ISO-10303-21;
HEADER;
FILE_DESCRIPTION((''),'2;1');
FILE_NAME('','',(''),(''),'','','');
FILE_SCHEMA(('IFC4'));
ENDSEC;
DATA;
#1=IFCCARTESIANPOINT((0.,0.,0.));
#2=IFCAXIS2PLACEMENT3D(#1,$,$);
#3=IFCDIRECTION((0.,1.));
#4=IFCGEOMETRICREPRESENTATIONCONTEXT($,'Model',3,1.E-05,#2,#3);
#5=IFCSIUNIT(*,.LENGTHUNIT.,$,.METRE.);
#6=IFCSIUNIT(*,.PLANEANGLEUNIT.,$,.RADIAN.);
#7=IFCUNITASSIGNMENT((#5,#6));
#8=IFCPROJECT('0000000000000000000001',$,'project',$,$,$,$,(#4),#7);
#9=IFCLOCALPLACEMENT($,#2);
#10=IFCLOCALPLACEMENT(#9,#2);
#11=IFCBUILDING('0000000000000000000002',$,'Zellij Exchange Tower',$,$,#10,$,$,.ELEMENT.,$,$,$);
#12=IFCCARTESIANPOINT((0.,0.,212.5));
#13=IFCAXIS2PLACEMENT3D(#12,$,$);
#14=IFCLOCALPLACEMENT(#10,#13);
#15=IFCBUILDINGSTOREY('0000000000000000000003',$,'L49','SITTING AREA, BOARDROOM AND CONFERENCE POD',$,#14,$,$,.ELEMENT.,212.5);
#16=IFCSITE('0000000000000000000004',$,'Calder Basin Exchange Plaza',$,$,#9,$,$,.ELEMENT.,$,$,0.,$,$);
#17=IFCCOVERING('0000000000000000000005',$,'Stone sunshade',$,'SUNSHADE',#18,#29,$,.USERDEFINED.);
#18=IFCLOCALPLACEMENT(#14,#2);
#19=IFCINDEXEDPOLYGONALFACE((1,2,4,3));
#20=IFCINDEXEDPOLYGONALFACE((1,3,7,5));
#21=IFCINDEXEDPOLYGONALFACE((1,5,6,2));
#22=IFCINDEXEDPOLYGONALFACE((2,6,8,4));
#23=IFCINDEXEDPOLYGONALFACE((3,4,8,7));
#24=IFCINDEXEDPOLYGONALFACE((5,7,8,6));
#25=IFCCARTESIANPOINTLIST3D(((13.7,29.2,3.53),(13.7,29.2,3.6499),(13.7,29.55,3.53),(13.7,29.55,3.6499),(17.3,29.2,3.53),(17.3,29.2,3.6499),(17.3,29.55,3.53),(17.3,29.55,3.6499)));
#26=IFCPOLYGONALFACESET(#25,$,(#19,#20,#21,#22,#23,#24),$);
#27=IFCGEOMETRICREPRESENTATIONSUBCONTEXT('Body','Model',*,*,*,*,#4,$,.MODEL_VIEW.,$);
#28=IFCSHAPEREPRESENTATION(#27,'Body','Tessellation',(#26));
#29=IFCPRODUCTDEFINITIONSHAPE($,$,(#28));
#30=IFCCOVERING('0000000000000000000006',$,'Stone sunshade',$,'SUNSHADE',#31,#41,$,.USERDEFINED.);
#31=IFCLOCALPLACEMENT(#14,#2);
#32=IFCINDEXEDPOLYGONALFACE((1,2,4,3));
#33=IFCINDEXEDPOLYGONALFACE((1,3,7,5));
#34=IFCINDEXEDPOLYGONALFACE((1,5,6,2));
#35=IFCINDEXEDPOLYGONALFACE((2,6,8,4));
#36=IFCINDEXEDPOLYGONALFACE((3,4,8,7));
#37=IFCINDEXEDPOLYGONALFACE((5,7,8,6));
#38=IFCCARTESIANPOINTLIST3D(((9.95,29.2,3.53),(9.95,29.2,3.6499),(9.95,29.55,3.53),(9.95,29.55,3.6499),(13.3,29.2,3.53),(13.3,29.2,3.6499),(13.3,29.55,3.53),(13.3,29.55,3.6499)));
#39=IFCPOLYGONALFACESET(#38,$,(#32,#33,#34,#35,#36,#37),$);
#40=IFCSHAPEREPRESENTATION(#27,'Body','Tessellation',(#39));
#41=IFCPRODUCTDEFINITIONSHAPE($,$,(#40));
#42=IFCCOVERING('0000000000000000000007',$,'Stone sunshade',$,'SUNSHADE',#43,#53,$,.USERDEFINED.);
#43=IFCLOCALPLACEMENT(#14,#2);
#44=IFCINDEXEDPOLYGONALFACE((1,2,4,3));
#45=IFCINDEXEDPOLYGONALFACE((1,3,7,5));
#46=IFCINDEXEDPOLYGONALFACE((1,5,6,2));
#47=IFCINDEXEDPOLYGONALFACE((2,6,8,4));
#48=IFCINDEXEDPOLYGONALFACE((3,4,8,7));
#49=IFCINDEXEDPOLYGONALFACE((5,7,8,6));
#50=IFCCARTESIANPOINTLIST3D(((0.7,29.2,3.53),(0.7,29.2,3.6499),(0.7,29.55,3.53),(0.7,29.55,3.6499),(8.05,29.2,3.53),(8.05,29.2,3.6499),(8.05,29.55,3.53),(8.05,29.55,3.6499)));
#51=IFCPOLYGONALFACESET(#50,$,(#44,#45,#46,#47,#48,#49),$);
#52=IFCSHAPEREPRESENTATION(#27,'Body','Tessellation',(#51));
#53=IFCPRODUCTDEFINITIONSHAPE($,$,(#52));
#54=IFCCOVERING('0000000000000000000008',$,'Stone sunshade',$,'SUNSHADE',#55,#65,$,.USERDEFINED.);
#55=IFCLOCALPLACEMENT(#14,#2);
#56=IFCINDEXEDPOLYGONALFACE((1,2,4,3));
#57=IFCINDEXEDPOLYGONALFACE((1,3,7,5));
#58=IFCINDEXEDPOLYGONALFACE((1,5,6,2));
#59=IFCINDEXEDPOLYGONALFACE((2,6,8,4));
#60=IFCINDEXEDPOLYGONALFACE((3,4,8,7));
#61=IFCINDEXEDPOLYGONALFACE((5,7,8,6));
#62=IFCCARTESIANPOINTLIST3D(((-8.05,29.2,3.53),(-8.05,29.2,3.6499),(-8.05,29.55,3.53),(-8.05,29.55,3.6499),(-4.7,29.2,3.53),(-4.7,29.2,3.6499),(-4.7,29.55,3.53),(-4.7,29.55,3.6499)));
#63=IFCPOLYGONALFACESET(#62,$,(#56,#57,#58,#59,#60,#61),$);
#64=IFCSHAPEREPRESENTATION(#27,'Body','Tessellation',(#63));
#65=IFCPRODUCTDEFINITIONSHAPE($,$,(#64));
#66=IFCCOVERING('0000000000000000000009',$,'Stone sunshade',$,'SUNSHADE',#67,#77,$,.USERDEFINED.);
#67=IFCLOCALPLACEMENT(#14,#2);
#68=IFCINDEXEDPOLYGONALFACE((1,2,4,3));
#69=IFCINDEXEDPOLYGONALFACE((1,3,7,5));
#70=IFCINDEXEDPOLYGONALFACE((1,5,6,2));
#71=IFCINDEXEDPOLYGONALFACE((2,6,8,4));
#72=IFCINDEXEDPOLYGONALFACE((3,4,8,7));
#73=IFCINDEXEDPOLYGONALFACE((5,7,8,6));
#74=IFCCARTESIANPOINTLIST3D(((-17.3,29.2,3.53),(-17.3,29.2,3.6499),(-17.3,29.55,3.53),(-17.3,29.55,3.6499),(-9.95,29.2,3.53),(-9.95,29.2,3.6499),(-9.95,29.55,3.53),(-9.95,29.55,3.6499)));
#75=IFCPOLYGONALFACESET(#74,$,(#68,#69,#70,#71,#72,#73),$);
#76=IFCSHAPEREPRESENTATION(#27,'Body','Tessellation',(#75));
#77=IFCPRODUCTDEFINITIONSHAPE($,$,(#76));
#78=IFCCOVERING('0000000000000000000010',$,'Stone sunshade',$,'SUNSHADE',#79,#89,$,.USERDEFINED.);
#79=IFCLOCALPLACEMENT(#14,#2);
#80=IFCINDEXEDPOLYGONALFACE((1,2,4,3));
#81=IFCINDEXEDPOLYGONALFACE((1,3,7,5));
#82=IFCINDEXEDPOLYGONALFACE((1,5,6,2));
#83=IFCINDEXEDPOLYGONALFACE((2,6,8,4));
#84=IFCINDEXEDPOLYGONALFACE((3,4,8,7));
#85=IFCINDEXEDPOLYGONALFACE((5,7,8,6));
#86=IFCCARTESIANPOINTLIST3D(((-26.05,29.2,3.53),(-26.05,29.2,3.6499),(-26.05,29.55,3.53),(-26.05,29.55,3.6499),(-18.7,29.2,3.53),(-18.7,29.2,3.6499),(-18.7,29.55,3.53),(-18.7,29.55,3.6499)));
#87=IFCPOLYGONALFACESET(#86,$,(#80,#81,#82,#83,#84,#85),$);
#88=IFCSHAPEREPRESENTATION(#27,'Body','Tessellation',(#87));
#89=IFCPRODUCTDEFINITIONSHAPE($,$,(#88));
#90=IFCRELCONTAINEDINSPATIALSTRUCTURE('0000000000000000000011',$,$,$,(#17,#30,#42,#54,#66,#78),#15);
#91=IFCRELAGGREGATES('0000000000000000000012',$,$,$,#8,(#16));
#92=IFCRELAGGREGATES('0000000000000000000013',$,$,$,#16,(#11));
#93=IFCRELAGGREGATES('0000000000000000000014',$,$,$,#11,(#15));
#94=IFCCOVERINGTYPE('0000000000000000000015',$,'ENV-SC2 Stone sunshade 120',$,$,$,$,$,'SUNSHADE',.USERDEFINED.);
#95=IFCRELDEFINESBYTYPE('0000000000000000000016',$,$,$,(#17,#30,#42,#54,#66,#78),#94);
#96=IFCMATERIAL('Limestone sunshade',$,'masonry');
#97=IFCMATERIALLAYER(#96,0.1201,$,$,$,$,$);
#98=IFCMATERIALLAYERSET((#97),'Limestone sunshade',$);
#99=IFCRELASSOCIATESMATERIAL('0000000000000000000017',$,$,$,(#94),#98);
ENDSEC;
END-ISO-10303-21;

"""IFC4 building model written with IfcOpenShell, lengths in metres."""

from ifc_helpers import new_model, si_unit, direction, frame, origin, place, context, subcontext, project, spatial, polyline, outline, extrude, material, layer, layer_set, type_object, element, save


model = new_model("IFC4")

# Units and contexts
model_context = context("Model", 3, precision=1e-05, world=origin(), true_north=direction((0.0, 1.0)))
body_context = subcontext(model_context, "Body", "Model", "MODEL_VIEW")
ifc_project = project(units=[si_unit("LENGTHUNIT", "METRE"), si_unit("PLANEANGLEUNIT", "RADIAN")], contexts=[model_context])

# Site, building, storey
site_placement = place(None, origin())
site = spatial("IfcSite", under=ifc_project, at=site_placement, Name="Calder Basin Exchange Plaza", CompositionType="ELEMENT", RefElevation=0.0)
building_placement = place(site_placement, origin())
building = spatial("IfcBuilding", under=site, at=building_placement, Name="Zellij Exchange Tower", CompositionType="ELEMENT")
storey_placement = place(building_placement, frame((0.0, 0.0, 212.5)))
storey = spatial("IfcBuildingStorey", under=building, at=storey_placement, Name="L49", Description="SITTING AREA, BOARDROOM AND CONFERENCE POD", CompositionType="ELEMENT", Elevation=212.5)

# Coverings
ifc_material_1 = material(Name="Limestone sunshade", Category="masonry")
ifc_layer_1 = layer(ifc_material_1, 0.1201)
ifc_layer_set_1 = layer_set([ifc_layer_1], Name="Limestone sunshade")
covering_type_1 = type_object("IfcCoveringType", Name="ENV-SC2 Stone sunshade 120", ElementType="SUNSHADE", PredefinedType="USERDEFINED", material=ifc_layer_set_1)
covering_1_placement = place(storey_placement, frame((0.0, 0.0, 3.53)))
element("IfcCovering", 1, at=covering_1_placement, inside=storey, type_object=covering_type_1, Name="Stone sunshade", ObjectType="SUNSHADE", PredefinedType="USERDEFINED", context=body_context, shape_type="SweptSolid", body=[
    extrude(outline(polyline([(17.3, 29.2), (13.7, 29.2), (13.7, 29.55), (17.3, 29.55), (17.3, 29.2)])), origin(), (0.0, 0.0, 1.0), 0.1199),
])
covering_2_placement = place(storey_placement, frame((0.0, 0.0, 3.53)))
element("IfcCovering", 2, at=covering_2_placement, inside=storey, type_object=covering_type_1, Name="Stone sunshade", ObjectType="SUNSHADE", PredefinedType="USERDEFINED", context=body_context, shape_type="SweptSolid", body=[
    extrude(outline(polyline([(13.3, 29.2), (9.95, 29.2), (9.95, 29.55), (13.3, 29.55), (13.3, 29.2)])), origin(), (0.0, 0.0, 1.0), 0.1199),
])
covering_3_placement = place(storey_placement, frame((0.0, 0.0, 3.53)))
element("IfcCovering", 3, at=covering_3_placement, inside=storey, type_object=covering_type_1, Name="Stone sunshade", ObjectType="SUNSHADE", PredefinedType="USERDEFINED", context=body_context, shape_type="SweptSolid", body=[
    extrude(outline(polyline([(8.05, 29.2), (0.7, 29.2), (0.7, 29.55), (8.05, 29.55), (8.05, 29.2)])), origin(), (0.0, 0.0, 1.0), 0.1199),
])
covering_4_placement = place(storey_placement, frame((0.0, 0.0, 3.53)))
element("IfcCovering", 4, at=covering_4_placement, inside=storey, type_object=covering_type_1, Name="Stone sunshade", ObjectType="SUNSHADE", PredefinedType="USERDEFINED", context=body_context, shape_type="SweptSolid", body=[
    extrude(outline(polyline([(-4.7, 29.2), (-8.05, 29.2), (-8.05, 29.55), (-4.7, 29.55), (-4.7, 29.2)])), origin(), (0.0, 0.0, 1.0), 0.1199),
])
covering_5_placement = place(storey_placement, frame((0.0, 0.0, 3.53)))
element("IfcCovering", 5, at=covering_5_placement, inside=storey, type_object=covering_type_1, Name="Stone sunshade", ObjectType="SUNSHADE", PredefinedType="USERDEFINED", context=body_context, shape_type="SweptSolid", body=[
    extrude(outline(polyline([(-9.95, 29.2), (-17.3, 29.2), (-17.3, 29.55), (-9.95, 29.55), (-9.95, 29.2)])), origin(), (0.0, 0.0, 1.0), 0.1199),
])
covering_6_placement = place(storey_placement, frame((0.0, 0.0, 3.53)))
element("IfcCovering", 6, at=covering_6_placement, inside=storey, type_object=covering_type_1, Name="Stone sunshade", ObjectType="SUNSHADE", PredefinedType="USERDEFINED", context=body_context, shape_type="SweptSolid", body=[
    extrude(outline(polyline([(-18.7, 29.2), (-26.05, 29.2), (-26.05, 29.55), (-18.7, 29.55), (-18.7, 29.2)])), origin(), (0.0, 0.0, 1.0), 0.1199),
])

save(model, "model.ifc")
